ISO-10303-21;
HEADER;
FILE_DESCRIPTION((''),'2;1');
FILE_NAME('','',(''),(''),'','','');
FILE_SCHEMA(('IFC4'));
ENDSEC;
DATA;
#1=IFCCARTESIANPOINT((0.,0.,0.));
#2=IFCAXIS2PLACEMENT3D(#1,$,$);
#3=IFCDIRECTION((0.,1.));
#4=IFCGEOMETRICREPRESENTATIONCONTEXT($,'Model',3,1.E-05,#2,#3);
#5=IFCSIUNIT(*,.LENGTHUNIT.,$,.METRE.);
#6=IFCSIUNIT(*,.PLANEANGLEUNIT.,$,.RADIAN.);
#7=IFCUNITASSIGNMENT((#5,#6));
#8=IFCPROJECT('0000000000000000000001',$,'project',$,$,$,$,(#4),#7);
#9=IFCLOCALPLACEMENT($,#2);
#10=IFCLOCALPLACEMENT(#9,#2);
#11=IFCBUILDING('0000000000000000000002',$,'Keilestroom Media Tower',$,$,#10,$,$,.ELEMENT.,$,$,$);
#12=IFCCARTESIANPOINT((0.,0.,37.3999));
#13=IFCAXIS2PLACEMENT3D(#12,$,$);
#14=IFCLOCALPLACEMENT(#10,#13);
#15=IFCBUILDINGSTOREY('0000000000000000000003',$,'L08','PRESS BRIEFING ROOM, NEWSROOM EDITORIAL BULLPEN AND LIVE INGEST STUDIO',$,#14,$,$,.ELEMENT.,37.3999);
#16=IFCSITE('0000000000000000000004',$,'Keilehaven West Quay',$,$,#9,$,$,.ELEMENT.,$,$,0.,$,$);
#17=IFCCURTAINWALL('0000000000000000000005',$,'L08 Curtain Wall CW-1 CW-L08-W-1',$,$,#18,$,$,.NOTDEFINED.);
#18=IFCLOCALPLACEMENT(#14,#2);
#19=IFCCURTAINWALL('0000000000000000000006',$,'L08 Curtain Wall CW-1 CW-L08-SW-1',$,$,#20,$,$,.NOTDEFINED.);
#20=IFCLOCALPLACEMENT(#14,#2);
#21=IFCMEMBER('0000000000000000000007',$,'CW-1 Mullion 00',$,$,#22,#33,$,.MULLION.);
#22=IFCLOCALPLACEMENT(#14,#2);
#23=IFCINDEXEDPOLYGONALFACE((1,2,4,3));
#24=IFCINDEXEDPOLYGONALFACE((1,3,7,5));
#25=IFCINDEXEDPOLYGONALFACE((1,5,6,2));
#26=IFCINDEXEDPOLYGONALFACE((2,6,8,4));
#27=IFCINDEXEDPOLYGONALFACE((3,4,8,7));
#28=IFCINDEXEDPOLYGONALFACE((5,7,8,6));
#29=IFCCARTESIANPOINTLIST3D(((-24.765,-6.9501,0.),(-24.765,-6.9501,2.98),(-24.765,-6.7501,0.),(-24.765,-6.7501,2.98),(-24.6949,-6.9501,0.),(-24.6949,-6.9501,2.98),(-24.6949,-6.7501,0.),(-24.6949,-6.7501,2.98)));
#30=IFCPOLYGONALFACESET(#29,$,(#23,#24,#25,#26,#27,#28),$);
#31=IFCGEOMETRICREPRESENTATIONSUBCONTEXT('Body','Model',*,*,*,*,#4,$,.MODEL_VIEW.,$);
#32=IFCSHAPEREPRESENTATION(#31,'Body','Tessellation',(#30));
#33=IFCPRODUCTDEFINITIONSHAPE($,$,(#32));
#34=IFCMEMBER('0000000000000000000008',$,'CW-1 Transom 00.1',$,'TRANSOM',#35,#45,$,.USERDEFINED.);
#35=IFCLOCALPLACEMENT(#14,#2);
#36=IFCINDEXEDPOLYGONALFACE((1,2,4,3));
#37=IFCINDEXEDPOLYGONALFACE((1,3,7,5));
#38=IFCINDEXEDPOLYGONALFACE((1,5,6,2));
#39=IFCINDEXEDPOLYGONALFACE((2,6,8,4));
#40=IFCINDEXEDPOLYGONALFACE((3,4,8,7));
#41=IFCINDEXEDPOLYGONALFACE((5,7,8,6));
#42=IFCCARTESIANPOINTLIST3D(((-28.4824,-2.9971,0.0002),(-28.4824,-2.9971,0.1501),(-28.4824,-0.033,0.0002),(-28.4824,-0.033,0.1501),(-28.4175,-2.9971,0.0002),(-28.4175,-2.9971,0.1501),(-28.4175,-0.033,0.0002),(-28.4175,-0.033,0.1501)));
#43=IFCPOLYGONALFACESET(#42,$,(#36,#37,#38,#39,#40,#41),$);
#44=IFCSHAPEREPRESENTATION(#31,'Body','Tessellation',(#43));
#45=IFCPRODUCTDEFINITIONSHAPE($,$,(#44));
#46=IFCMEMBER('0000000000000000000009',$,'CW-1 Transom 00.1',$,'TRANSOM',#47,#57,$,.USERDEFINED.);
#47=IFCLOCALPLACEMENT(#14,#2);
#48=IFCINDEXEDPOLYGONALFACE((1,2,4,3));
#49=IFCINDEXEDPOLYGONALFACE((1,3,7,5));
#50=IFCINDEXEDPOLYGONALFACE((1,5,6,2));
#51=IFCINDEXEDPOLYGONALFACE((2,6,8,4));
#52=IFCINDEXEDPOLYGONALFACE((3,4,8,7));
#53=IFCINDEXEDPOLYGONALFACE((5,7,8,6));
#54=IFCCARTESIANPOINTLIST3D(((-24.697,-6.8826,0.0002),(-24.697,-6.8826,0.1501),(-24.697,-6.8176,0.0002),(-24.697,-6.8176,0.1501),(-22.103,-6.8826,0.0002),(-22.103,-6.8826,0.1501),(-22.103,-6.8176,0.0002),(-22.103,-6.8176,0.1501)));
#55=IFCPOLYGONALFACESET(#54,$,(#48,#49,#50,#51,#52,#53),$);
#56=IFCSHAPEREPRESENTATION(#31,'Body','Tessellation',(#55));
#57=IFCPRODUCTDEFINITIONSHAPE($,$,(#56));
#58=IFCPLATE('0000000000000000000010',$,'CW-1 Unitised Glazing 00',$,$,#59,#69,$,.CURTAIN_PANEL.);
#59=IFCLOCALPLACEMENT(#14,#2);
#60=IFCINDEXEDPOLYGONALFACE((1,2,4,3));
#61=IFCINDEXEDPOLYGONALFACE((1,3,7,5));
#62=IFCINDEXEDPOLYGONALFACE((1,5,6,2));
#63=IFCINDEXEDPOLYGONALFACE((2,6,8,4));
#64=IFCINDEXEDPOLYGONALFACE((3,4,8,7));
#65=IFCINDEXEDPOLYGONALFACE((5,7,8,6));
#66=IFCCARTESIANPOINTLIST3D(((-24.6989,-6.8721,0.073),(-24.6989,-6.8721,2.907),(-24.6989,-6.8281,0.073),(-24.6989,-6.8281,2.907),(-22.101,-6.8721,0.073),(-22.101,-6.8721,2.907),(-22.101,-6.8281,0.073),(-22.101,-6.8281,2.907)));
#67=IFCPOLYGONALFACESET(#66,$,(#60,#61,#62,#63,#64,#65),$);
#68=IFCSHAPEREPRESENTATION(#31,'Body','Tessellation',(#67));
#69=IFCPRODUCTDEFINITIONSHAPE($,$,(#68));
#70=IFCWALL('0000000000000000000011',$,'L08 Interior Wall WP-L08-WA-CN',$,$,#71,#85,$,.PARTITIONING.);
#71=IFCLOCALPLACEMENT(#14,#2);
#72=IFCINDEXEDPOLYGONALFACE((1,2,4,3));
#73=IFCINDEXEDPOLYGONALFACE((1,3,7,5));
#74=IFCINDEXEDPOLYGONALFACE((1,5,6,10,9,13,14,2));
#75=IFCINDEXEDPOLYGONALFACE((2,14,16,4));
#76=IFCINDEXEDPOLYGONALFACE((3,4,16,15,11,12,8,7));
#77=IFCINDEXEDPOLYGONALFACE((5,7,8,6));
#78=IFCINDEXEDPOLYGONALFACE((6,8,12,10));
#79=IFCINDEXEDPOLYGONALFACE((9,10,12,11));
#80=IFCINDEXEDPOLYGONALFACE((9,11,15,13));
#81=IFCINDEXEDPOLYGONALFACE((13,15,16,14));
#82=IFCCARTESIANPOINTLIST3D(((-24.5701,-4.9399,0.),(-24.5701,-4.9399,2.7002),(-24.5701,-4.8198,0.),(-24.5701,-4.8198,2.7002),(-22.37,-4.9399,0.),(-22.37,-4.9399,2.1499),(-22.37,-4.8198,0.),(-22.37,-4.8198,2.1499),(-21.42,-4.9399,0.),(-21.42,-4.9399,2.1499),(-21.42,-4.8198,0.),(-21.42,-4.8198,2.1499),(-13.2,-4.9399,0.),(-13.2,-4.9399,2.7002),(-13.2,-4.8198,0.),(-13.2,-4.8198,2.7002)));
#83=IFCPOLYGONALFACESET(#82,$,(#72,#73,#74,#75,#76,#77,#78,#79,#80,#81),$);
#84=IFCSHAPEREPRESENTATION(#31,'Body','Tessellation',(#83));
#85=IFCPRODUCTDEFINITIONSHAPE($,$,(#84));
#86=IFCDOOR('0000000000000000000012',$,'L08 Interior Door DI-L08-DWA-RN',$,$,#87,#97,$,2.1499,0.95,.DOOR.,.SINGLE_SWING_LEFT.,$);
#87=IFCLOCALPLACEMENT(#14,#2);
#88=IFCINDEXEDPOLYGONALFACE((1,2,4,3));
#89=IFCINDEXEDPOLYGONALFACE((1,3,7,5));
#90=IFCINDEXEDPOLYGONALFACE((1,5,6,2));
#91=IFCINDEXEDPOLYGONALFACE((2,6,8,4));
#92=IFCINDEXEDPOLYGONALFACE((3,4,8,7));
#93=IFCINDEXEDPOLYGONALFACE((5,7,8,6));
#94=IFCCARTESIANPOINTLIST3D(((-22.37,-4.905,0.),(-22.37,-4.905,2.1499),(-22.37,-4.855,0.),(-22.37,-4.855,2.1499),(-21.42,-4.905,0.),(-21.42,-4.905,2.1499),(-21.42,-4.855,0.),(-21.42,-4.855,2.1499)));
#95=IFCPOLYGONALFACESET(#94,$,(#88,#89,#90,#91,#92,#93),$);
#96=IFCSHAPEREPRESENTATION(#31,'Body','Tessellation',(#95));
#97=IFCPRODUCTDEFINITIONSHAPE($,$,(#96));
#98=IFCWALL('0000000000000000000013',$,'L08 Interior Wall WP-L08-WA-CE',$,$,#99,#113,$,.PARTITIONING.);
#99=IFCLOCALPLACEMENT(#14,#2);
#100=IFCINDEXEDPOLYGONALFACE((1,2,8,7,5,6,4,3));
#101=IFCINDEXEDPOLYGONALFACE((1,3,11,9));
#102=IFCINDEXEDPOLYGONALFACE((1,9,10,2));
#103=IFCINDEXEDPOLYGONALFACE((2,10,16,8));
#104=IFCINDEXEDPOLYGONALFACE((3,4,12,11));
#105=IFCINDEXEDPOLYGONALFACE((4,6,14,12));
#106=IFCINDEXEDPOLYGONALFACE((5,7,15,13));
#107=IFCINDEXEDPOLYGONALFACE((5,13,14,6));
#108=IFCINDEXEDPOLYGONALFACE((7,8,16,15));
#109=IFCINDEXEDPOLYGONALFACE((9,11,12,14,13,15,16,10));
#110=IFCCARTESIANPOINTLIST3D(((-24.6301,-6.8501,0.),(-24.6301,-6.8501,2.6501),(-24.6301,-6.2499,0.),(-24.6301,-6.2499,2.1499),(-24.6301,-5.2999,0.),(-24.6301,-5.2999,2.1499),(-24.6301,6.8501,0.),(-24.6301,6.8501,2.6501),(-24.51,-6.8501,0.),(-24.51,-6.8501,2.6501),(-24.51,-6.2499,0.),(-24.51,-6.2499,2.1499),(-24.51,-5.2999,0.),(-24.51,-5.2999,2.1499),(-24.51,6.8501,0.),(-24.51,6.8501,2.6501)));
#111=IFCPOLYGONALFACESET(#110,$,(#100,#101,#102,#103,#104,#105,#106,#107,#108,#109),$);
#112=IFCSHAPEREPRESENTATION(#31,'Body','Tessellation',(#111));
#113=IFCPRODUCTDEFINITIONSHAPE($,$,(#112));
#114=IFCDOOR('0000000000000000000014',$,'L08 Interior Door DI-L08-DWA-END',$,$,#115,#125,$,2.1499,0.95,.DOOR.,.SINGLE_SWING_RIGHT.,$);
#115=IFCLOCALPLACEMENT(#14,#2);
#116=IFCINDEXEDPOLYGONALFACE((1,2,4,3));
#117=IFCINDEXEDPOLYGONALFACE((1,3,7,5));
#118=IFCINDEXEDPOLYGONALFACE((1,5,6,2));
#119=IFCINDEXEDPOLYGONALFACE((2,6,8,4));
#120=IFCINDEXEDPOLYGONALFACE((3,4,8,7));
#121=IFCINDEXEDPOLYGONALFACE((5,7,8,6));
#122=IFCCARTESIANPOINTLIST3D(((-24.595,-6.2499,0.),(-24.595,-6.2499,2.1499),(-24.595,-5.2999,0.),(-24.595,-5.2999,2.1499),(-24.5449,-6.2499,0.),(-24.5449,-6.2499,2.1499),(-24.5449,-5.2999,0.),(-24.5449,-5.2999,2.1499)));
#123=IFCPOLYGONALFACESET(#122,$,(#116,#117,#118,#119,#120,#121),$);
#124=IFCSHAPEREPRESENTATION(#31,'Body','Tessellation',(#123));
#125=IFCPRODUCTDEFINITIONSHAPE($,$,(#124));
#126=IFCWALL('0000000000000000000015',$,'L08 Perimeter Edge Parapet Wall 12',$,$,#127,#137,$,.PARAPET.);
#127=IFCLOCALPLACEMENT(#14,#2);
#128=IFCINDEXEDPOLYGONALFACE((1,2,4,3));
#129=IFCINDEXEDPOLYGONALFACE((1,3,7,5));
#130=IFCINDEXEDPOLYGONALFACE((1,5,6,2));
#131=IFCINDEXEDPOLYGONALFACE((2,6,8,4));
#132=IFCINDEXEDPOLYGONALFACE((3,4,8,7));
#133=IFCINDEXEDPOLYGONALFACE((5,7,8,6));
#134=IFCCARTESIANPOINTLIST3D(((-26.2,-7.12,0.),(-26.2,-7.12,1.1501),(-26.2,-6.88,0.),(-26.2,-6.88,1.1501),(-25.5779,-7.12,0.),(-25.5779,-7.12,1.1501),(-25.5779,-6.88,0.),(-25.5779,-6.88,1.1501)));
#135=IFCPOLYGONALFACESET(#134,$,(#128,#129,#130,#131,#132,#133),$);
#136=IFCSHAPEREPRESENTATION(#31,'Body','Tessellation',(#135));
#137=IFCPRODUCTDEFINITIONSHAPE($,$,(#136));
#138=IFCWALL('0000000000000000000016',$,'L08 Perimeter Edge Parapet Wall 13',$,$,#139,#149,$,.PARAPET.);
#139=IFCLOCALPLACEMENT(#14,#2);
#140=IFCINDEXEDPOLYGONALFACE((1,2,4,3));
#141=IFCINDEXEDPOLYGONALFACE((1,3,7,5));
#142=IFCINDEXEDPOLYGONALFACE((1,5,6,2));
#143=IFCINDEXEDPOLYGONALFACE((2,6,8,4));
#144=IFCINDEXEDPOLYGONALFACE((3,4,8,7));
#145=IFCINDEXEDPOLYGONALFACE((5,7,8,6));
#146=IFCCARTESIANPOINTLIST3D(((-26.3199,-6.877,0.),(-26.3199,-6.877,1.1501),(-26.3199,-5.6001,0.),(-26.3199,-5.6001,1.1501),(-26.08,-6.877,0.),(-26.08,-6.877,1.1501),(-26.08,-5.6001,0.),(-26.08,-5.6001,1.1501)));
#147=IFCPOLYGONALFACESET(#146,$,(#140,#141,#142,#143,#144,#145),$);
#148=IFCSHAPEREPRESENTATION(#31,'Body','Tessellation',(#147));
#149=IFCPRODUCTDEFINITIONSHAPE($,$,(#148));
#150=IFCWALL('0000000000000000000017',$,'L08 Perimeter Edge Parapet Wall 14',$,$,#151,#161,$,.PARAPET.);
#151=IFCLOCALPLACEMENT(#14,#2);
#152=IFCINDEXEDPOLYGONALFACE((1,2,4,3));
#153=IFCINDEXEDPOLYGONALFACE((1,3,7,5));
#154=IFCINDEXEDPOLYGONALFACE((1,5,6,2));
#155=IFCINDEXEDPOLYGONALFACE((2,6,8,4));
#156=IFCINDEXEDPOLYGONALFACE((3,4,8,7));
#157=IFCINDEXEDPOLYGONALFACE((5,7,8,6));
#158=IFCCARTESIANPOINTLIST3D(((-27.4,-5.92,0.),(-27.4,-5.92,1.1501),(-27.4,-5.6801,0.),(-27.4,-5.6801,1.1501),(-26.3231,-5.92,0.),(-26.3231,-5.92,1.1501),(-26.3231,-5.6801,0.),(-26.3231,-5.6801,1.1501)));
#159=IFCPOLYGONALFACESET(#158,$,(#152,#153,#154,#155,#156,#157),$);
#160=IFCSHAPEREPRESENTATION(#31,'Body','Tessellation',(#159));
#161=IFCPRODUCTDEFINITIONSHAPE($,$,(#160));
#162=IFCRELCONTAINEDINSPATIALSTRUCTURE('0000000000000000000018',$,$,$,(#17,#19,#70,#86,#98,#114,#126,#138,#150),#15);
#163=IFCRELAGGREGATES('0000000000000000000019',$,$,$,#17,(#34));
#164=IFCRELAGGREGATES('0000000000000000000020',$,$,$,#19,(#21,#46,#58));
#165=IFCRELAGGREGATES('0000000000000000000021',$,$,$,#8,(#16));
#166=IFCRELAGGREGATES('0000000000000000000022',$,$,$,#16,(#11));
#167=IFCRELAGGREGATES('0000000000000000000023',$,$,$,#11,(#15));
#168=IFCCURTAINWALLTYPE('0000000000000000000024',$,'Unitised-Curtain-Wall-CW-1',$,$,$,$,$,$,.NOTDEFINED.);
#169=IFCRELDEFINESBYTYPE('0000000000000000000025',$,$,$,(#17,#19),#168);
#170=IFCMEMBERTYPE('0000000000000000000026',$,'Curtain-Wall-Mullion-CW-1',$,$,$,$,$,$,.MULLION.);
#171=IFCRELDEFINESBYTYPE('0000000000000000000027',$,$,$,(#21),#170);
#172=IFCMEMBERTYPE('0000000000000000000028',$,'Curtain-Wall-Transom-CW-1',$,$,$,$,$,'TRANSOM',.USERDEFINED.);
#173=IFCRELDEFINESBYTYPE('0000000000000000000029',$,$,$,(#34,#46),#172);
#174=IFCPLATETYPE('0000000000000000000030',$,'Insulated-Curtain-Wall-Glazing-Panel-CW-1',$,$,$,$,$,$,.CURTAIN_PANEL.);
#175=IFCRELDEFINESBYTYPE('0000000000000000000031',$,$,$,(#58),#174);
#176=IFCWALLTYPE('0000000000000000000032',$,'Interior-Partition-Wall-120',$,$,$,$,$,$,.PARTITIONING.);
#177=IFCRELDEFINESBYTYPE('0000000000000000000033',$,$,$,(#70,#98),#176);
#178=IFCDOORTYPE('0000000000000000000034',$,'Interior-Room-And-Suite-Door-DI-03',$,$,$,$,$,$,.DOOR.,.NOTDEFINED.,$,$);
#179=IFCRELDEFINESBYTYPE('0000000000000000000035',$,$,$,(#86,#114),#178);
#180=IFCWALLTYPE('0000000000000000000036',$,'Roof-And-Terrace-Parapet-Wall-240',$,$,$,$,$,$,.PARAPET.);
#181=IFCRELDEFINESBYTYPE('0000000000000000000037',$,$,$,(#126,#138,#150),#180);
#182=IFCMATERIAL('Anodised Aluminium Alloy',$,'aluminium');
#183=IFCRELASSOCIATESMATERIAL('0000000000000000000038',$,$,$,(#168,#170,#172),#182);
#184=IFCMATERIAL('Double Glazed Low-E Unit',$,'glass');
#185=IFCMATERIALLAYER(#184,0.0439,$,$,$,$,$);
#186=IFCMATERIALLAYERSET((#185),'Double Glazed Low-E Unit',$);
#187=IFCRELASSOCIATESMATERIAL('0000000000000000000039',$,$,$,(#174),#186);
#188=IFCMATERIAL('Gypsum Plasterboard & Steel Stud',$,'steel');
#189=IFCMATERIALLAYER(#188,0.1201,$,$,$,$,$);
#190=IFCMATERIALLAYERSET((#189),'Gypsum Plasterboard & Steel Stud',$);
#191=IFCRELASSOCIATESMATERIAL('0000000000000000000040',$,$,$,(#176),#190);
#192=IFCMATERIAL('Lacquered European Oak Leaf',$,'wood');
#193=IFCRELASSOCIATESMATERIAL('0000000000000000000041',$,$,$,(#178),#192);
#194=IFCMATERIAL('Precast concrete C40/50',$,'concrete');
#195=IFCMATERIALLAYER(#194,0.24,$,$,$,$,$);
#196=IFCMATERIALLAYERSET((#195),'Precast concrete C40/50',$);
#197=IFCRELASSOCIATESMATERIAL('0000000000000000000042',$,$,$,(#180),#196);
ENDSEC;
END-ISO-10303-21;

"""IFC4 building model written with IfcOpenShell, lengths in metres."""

from ifc_helpers import new_model, si_unit, direction, frame, frame_2d, origin, origin_2d, place, context, subcontext, project, spatial, rectangle, extrude, source, transform, mapped, material, layer, layer_set, material_profile, profile_set, type_object, element, fill, aggregate, save


model = new_model("IFC4")

# Units and contexts
model_context = context("Model", 3, precision=1e-05, world=origin(), true_north=direction((0.0, 1.0)))
body_context = subcontext(model_context, "Body", "Model", "MODEL_VIEW")
ifc_project = project(units=[si_unit("LENGTHUNIT", "METRE"), si_unit("PLANEANGLEUNIT", "RADIAN")], contexts=[model_context])

# Site, building, storey
site_placement = place(None, origin())
site = spatial("IfcSite", under=ifc_project, at=site_placement, Name="Keilehaven West Quay", CompositionType="ELEMENT", RefElevation=0.0)
building_placement = place(site_placement, origin())
building = spatial("IfcBuilding", under=site, at=building_placement, Name="Keilestroom Media Tower", CompositionType="ELEMENT")
storey_placement = place(building_placement, frame((0.0, 0.0, 37.3999)))
storey = spatial("IfcBuildingStorey", under=building, at=storey_placement, Name="L08", Description="PRESS BRIEFING ROOM, NEWSROOM EDITORIAL BULLPEN AND LIVE INGEST STUDIO", CompositionType="ELEMENT", Elevation=37.3999)

# Shared definitions
ifc_material_1 = material(Name="Precast concrete C40/50", Category="concrete")

# Curtain walls, member
ifc_material_2 = material(Name="Anodised Aluminium Alloy", Category="aluminium")
curtain_wall_type = type_object("IfcCurtainWallType", Name="Unitised-Curtain-Wall-CW-1", PredefinedType="NOTDEFINED", material=ifc_material_2)
curtain_wall_1_placement = place(storey_placement, origin())
curtain_wall_1 = element("IfcCurtainWall", 1, at=curtain_wall_1_placement, inside=storey, type_object=curtain_wall_type, Name="L08 Curtain Wall CW-1 CW-L08-W-1", PredefinedType="NOTDEFINED")
ifc_material_profile_1 = material_profile(ifc_material_2, rectangle(XDim=0.0701, YDim=0.2, at=origin_2d()), Name="ALU MULLION 70x200")
ifc_profile_set_1 = profile_set([ifc_material_profile_1], Name="Anodised Aluminium Alloy")
member_type_1 = type_object("IfcMemberType", Name="Curtain-Wall-Mullion-CW-1", PredefinedType="MULLION", material=ifc_profile_set_1)
shared_shape_1 = source(origin(), body_context, "Body", "SweptSolid", [
    extrude(rectangle(XDim=0.0701, YDim=0.2, at=origin_2d()), origin(), (0.0, 0.0, 1.0), 2.98),
])
curtain_wall_2_placement = place(storey_placement, origin())
curtain_wall_2 = element("IfcCurtainWall", 2, at=curtain_wall_2_placement, inside=storey, type_object=curtain_wall_type, Name="L08 Curtain Wall CW-1 CW-L08-SW-1", PredefinedType="NOTDEFINED")
member_1_placement = place(storey_placement, frame((-24.73, -6.8501, 0.0), z_axis=(0.0, 0.0, 1.0), x_axis=(1.0, 0.0, 0.0)))
member_1 = element("IfcMember", 3, at=member_1_placement, type_object=member_type_1, Name="CW-1 Mullion 00", PredefinedType="MULLION", context=body_context, shape_type="MappedRepresentation", body=[
    mapped(shared_shape_1, transform((0.0, 0.0, 0.0), x_axis=(1.0, 0.0, 0.0), y_axis=(0.0, 1.0, 0.0), z_axis=(0.0, 0.0, 1.0), scale=1.0)),
])

# Members
ifc_material_profile_2 = material_profile(ifc_material_2, rectangle(XDim=0.0649, YDim=0.1499, at=origin_2d()), Name="ALU TRANSOM 65x150")
ifc_profile_set_2 = profile_set([ifc_material_profile_2], Name="Anodised Aluminium Alloy")
member_type_2 = type_object("IfcMemberType", Name="Curtain-Wall-Transom-CW-1", ElementType="TRANSOM", PredefinedType="USERDEFINED", material=ifc_profile_set_2)
shared_shape_2 = source(origin(), body_context, "Body", "SweptSolid", [
    extrude(rectangle(XDim=0.0649, YDim=0.1499, at=origin_2d()), origin(), (0.0, 0.0, 1.0), 2.9641),
])
member_2_placement = place(storey_placement, frame((-28.45, -2.9971, 0.0752), z_axis=(0.0, 1.0, 0.0), x_axis=(-1.0, 0.0, 0.0)))
member_2 = element("IfcMember", 4, at=member_2_placement, type_object=member_type_2, Name="CW-1 Transom 00.1", ObjectType="TRANSOM", PredefinedType="USERDEFINED", context=body_context, shape_type="MappedRepresentation", body=[
    mapped(shared_shape_2, transform((0.0, 0.0, 0.0), x_axis=(1.0, 0.0, 0.0), y_axis=(0.0, 1.0, 0.0), z_axis=(0.0, 0.0, 1.0), scale=1.0)),
])
aggregate(curtain_wall_1, [member_2])
shared_shape_3 = source(origin(), body_context, "Body", "SweptSolid", [
    extrude(rectangle(XDim=0.0649, YDim=0.1499, at=origin_2d()), origin(), (0.0, 0.0, 1.0), 2.594),
])
member_3_placement = place(storey_placement, frame((-24.697, -6.8501, 0.0752), z_axis=(1.0, 0.0, 0.0), x_axis=(0.0, 1.0, 0.0)))
member_3 = element("IfcMember", 5, at=member_3_placement, type_object=member_type_2, Name="CW-1 Transom 00.1", ObjectType="TRANSOM", PredefinedType="USERDEFINED", context=body_context, shape_type="MappedRepresentation", body=[
    mapped(shared_shape_3, transform((0.0, 0.0, 0.0), x_axis=(1.0, 0.0, 0.0), y_axis=(0.0, 1.0, 0.0), z_axis=(0.0, 0.0, 1.0), scale=1.0)),
])

# Plate
ifc_material_3 = material(Name="Double Glazed Low-E Unit", Category="glass")
ifc_layer_1 = layer(ifc_material_3, 0.0439)
ifc_layer_set_1 = layer_set([ifc_layer_1], Name="Double Glazed Low-E Unit")
plate_type = type_object("IfcPlateType", Name="Insulated-Curtain-Wall-Glazing-Panel-CW-1", PredefinedType="CURTAIN_PANEL", material=ifc_layer_set_1)
shared_shape_4 = source(origin(), body_context, "Body", "SweptSolid", [
    extrude(rectangle(XDim=2.5979, YDim=0.0439, at=origin_2d()), origin(), (0.0, 0.0, 1.0), 2.834),
])
plate_placement = place(storey_placement, frame((-23.3999, -6.8501, 0.073), z_axis=(0.0, 0.0, 1.0), x_axis=(1.0, 0.0, 0.0)))
plate = element("IfcPlate", 6, at=plate_placement, type_object=plate_type, Name="CW-1 Unitised Glazing 00", PredefinedType="CURTAIN_PANEL", context=body_context, shape_type="MappedRepresentation", body=[
    mapped(shared_shape_4, transform((0.0, 0.0, 0.0), x_axis=(1.0, 0.0, 0.0), y_axis=(0.0, 1.0, 0.0), z_axis=(0.0, 0.0, 1.0), scale=1.0)),
])
aggregate(curtain_wall_2, [member_1, member_3, plate])

# Walls, openings, doors
ifc_material_4 = material(Name="Gypsum Plasterboard & Steel Stud", Category="steel")
ifc_layer_2 = layer(ifc_material_4, 0.1201)
ifc_layer_set_2 = layer_set([ifc_layer_2], Name="Gypsum Plasterboard & Steel Stud")
wall_type_1 = type_object("IfcWallType", Name="Interior-Partition-Wall-120", PredefinedType="PARTITIONING", material=ifc_layer_set_2)
wall_1_placement = place(storey_placement, frame((-24.5701, -4.8799, 0.0), z_axis=(0.0, 0.0, 1.0), x_axis=(1.0, 0.0, 0.0)))
wall_1 = element("IfcWall", 7, at=wall_1_placement, inside=storey, type_object=wall_type_1, Name="L08 Interior Wall WP-L08-WA-CN", PredefinedType="PARTITIONING", context=body_context, shape_type="SweptSolid", body=[
    extrude(rectangle(XDim=11.3701, YDim=0.1201, at=frame_2d((5.6851, 0.0))), origin(), (0.0, 0.0, 1.0), 2.7002),
])
opening_1_placement = place(wall_1_placement, frame((2.2, 0.0, 0.0)))
opening_1 = element("IfcOpeningElement", 8, at=opening_1_placement, cuts=wall_1, PredefinedType="OPENING", context=body_context, shape_type="SweptSolid", body=[
    extrude(rectangle(XDim=0.95, YDim=2.1499, at=frame_2d((0.4751, 1.075))), frame((0.0, 0.0701, 0.0), z_axis=(0.0, -1.0, 0.0), x_axis=(1.0, 0.0, 0.0)), (0.0, 0.0, 1.0), 0.1401),
])
ifc_material_5 = material(Name="Lacquered European Oak Leaf", Category="wood")
door_type = type_object("IfcDoorType", Name="Interior-Room-And-Suite-Door-DI-03", OperationType="NOTDEFINED", PredefinedType="DOOR", material=ifc_material_5)
shared_shape_5 = source(origin(), body_context, "Body", "SweptSolid", [
    extrude(rectangle(XDim=0.95, YDim=2.1499, at=frame_2d((0.4751, 1.075))), frame((0.0, 0.0249, 0.0), z_axis=(0.0, -1.0, 0.0), x_axis=(1.0, 0.0, 0.0)), (0.0, 0.0, 1.0), 0.05),
])
door_1_placement = place(opening_1_placement, origin())
door_1 = element("IfcDoor", 9, at=door_1_placement, inside=storey, type_object=door_type, Name="L08 Interior Door DI-L08-DWA-RN", OperationType="SINGLE_SWING_LEFT", OverallHeight=2.1499, OverallWidth=0.95, PredefinedType="DOOR", context=body_context, shape_type="MappedRepresentation", body=[
    mapped(shared_shape_5, transform((0.0, 0.0, 0.0), x_axis=(1.0, 0.0, 0.0), y_axis=(0.0, 1.0, 0.0), z_axis=(0.0, 0.0, 1.0), scale=1.0)),
])
fill(opening_1, door_1)
wall_2_placement = place(storey_placement, frame((-24.5701, -6.8501, 0.0), z_axis=(0.0, 0.0, 1.0), x_axis=(0.0, 1.0, 0.0)))
wall_2 = element("IfcWall", 10, at=wall_2_placement, inside=storey, type_object=wall_type_1, Name="L08 Interior Wall WP-L08-WA-CE", PredefinedType="PARTITIONING", context=body_context, shape_type="SweptSolid", body=[
    extrude(rectangle(XDim=13.7002, YDim=0.1201, at=frame_2d((6.8501, 0.0))), origin(), (0.0, 0.0, 1.0), 2.6501),
])
opening_2_placement = place(wall_2_placement, frame((0.6001, 0.0, 0.0)))
opening_2 = element("IfcOpeningElement", 11, at=opening_2_placement, cuts=wall_2, PredefinedType="OPENING", context=body_context, shape_type="SweptSolid", body=[
    extrude(rectangle(XDim=0.95, YDim=2.1499, at=frame_2d((0.4751, 1.075))), frame((0.0, 0.0701, 0.0), z_axis=(0.0, -1.0, 0.0), x_axis=(1.0, 0.0, 0.0)), (0.0, 0.0, 1.0), 0.1401),
])
door_2_placement = place(opening_2_placement, origin())
door_2 = element("IfcDoor", 12, at=door_2_placement, inside=storey, type_object=door_type, Name="L08 Interior Door DI-L08-DWA-END", OperationType="SINGLE_SWING_RIGHT", OverallHeight=2.1499, OverallWidth=0.95, PredefinedType="DOOR", context=body_context, shape_type="MappedRepresentation", body=[
    mapped(shared_shape_5, transform((0.0, 0.0, 0.0), x_axis=(1.0, 0.0, 0.0), y_axis=(0.0, 1.0, 0.0), z_axis=(0.0, 0.0, 1.0), scale=1.0)),
])
fill(opening_2, door_2)

# Walls
ifc_layer_3 = layer(ifc_material_1, 0.24)
ifc_layer_set_3 = layer_set([ifc_layer_3], Name="Precast concrete C40/50")
wall_type_2 = type_object("IfcWallType", Name="Roof-And-Terrace-Parapet-Wall-240", PredefinedType="PARAPET", material=ifc_layer_set_3)
wall_3_placement = place(storey_placement, frame((-25.5779, -7.0, 0.0), z_axis=(0.0, 0.0, 1.0), x_axis=(-1.0, 0.0, 0.0)))
element("IfcWall", 13, at=wall_3_placement, inside=storey, type_object=wall_type_2, Name="L08 Perimeter Edge Parapet Wall 12", PredefinedType="PARAPET", context=body_context, shape_type="SweptSolid", body=[
    extrude(rectangle(XDim=0.6221, YDim=0.24, at=frame_2d((0.311, 0.0))), origin(), (0.0, 0.0, 1.0), 1.1501),
])
wall_4_placement = place(storey_placement, frame((-26.2, -6.877, 0.0), z_axis=(0.0, 0.0, 1.0), x_axis=(0.0, 1.0, 0.0)))
element("IfcWall", 14, at=wall_4_placement, inside=storey, type_object=wall_type_2, Name="L08 Perimeter Edge Parapet Wall 13", PredefinedType="PARAPET", context=body_context, shape_type="SweptSolid", body=[
    extrude(rectangle(XDim=1.2769, YDim=0.24, at=frame_2d((0.6384, 0.0))), origin(), (0.0, 0.0, 1.0), 1.1501),
])
wall_5_placement = place(storey_placement, frame((-26.323, -5.8, 0.0), z_axis=(0.0, 0.0, 1.0), x_axis=(-1.0, 0.0, 0.0)))
element("IfcWall", 15, at=wall_5_placement, inside=storey, type_object=wall_type_2, Name="L08 Perimeter Edge Parapet Wall 14", PredefinedType="PARAPET", context=body_context, shape_type="SweptSolid", body=[
    extrude(rectangle(XDim=1.0769, YDim=0.24, at=frame_2d((0.5386, 0.0))), origin(), (0.0, 0.0, 1.0), 1.1501),
])

save(model, "model.ifc")
